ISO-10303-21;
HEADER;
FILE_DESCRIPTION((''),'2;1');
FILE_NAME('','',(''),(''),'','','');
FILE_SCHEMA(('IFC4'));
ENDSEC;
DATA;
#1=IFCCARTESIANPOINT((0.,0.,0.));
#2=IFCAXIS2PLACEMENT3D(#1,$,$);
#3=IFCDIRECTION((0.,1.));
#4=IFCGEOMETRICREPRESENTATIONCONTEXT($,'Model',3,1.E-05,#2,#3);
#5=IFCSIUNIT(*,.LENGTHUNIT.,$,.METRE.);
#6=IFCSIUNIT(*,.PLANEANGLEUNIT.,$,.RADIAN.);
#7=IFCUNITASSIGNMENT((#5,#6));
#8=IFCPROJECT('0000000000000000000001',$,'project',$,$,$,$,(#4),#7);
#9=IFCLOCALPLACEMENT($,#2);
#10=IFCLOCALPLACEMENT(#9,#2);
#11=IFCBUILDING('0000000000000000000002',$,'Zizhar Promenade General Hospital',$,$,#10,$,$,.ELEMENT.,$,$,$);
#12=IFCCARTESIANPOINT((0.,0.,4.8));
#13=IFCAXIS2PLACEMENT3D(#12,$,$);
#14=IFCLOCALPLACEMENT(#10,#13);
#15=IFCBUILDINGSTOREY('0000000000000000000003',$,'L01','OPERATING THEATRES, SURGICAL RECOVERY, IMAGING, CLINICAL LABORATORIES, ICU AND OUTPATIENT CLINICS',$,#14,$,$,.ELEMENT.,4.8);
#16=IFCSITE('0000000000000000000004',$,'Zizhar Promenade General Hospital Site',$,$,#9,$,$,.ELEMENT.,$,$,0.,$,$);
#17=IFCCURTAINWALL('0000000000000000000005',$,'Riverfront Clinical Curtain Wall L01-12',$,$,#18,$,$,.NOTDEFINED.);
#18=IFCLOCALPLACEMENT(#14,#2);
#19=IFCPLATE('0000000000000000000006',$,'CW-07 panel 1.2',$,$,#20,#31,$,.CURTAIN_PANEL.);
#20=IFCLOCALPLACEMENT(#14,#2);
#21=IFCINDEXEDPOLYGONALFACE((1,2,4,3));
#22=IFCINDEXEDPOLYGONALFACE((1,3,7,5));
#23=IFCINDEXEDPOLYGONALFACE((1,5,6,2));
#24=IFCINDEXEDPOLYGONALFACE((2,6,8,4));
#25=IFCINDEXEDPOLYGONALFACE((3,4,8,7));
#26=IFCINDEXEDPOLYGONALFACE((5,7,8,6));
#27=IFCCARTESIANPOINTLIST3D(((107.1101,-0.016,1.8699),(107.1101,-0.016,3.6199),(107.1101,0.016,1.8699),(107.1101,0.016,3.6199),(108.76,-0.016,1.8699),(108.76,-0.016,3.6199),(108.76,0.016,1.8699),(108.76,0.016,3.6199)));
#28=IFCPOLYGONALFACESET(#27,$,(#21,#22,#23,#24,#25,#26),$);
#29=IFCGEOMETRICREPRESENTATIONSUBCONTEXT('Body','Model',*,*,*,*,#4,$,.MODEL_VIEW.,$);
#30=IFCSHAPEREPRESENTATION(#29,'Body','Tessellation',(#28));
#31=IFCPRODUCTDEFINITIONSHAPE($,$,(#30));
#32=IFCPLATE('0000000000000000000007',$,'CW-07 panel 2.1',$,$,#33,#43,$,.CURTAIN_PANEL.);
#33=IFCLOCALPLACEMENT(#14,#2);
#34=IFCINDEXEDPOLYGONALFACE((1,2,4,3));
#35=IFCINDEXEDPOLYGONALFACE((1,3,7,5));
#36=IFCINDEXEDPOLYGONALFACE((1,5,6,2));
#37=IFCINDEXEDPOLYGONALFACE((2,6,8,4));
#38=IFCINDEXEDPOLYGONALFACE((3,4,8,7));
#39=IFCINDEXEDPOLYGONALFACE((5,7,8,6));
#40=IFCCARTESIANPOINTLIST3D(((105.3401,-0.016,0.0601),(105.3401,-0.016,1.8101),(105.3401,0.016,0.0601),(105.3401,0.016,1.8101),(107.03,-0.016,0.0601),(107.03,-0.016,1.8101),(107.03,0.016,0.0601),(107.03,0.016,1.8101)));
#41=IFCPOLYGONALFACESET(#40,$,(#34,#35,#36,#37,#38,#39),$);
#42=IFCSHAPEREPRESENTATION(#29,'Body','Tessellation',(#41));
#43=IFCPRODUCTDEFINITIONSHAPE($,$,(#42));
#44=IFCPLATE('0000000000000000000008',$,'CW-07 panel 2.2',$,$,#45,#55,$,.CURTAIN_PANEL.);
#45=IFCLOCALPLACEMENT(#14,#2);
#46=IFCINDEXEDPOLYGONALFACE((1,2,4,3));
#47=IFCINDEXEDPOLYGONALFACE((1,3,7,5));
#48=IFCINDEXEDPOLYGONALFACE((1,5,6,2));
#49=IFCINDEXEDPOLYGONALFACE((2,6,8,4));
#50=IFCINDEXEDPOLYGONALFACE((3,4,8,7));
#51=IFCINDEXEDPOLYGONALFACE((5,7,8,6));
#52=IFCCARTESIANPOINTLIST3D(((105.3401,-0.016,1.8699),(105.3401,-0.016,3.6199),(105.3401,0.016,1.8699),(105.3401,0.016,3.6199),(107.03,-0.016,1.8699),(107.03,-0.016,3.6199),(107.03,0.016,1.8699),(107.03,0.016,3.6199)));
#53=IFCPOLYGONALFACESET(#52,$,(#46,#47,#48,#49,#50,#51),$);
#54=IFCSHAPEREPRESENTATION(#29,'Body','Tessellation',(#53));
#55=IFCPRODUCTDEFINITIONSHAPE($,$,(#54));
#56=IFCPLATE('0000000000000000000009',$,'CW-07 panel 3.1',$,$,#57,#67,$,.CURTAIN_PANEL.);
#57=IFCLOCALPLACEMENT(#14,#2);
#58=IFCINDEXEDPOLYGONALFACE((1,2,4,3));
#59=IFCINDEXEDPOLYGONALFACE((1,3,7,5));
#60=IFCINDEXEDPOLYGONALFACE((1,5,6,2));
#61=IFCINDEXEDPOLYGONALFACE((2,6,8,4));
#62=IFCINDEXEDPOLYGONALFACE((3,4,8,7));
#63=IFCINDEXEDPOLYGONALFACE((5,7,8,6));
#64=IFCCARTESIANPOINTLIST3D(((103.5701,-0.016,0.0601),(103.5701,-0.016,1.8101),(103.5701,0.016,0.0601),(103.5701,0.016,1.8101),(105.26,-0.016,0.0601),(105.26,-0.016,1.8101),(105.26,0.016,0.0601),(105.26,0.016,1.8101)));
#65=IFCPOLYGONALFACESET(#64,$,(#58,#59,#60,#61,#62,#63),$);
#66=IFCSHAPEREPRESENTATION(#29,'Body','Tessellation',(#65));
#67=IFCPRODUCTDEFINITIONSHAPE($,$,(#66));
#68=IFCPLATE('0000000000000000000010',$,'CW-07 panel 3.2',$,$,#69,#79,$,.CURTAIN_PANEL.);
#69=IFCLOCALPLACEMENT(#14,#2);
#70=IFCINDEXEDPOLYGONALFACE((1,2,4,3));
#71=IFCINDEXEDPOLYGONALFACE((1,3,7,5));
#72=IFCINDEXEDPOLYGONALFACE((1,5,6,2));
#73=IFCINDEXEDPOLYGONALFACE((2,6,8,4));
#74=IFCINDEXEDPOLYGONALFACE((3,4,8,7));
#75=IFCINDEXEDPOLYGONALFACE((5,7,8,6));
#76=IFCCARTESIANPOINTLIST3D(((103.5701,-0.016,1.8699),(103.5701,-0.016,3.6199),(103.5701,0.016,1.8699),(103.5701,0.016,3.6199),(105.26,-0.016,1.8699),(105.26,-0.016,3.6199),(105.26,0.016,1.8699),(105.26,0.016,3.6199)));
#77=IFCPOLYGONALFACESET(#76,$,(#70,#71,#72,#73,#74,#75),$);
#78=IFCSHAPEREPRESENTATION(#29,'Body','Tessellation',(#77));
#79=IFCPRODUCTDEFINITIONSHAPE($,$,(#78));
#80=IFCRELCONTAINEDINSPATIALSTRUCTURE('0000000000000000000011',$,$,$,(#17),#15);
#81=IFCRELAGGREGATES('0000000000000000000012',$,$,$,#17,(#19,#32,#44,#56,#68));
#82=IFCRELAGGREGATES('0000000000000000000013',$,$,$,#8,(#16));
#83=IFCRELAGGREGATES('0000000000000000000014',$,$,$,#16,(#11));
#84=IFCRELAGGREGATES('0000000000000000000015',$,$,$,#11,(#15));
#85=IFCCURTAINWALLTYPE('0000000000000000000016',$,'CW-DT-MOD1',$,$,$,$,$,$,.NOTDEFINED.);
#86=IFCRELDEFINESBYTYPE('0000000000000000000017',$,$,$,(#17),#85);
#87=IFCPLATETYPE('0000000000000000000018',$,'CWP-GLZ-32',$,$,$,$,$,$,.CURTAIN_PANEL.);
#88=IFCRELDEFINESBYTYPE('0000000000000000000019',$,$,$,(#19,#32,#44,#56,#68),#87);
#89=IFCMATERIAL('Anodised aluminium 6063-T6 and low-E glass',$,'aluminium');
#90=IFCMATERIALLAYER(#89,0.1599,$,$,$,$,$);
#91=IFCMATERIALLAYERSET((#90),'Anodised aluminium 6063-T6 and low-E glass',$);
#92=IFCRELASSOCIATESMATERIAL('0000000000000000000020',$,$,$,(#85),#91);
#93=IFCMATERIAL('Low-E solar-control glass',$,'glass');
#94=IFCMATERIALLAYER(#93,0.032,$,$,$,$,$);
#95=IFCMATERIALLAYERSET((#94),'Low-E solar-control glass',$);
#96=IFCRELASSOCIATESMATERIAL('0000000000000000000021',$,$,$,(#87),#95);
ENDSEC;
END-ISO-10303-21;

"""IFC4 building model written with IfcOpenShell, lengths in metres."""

from ifc_helpers import new_model, si_unit, direction, frame, origin, origin_2d, place, context, subcontext, project, spatial, rectangle, extrude, material, layer, layer_set, type_object, element, aggregate, save


model = new_model("IFC4")

# Units and contexts
model_context = context("Model", 3, precision=1e-05, world=origin(), true_north=direction((0.0, 1.0)))
body_context = subcontext(model_context, "Body", "Model", "MODEL_VIEW")
ifc_project = project(units=[si_unit("LENGTHUNIT", "METRE"), si_unit("PLANEANGLEUNIT", "RADIAN")], contexts=[model_context])

# Site, building, storey
site_placement = place(None, origin())
site = spatial("IfcSite", under=ifc_project, at=site_placement, Name="Zizhar Promenade General Hospital Site", CompositionType="ELEMENT", RefElevation=0.0)
building_placement = place(site_placement, origin())
building = spatial("IfcBuilding", under=site, at=building_placement, Name="Zizhar Promenade General Hospital", CompositionType="ELEMENT")
storey_placement = place(building_placement, frame((0.0, 0.0, 4.8)))
storey = spatial("IfcBuildingStorey", under=building, at=storey_placement, Name="L01", Description="OPERATING THEATRES, SURGICAL RECOVERY, IMAGING, CLINICAL LABORATORIES, ICU AND OUTPATIENT CLINICS", CompositionType="ELEMENT", Elevation=4.8)

# Curtain wall, plates
ifc_material_1 = material(Name="Anodised aluminium 6063-T6 and low-E glass", Category="aluminium")
ifc_layer_1 = layer(ifc_material_1, 0.1599)
ifc_layer_set_1 = layer_set([ifc_layer_1], Name="Anodised aluminium 6063-T6 and low-E glass")
curtain_wall_type = type_object("IfcCurtainWallType", Name="CW-DT-MOD1", PredefinedType="NOTDEFINED", material=ifc_layer_set_1)
curtain_wall_placement = place(storey_placement, origin())
curtain_wall = element("IfcCurtainWall", 1, at=curtain_wall_placement, inside=storey, type_object=curtain_wall_type, Name="Riverfront Clinical Curtain Wall L01-12", PredefinedType="NOTDEFINED")
ifc_material_2 = material(Name="Low-E solar-control glass", Category="glass")
ifc_layer_2 = layer(ifc_material_2, 0.032)
ifc_layer_set_2 = layer_set([ifc_layer_2], Name="Low-E solar-control glass")
plate_type = type_object("IfcPlateType", Name="CWP-GLZ-32", PredefinedType="CURTAIN_PANEL", material=ifc_layer_set_2)
plate_1_placement = place(storey_placement, frame((107.9351, 0.0, 1.8699), z_axis=(0.0, 0.0, 1.0), x_axis=(-1.0, 0.0, 0.0)))
plate_1 = element("IfcPlate", 2, at=plate_1_placement, type_object=plate_type, Name="CW-07 panel 1.2", PredefinedType="CURTAIN_PANEL", context=body_context, shape_type="SweptSolid", body=[
    extrude(rectangle(XDim=1.6499, YDim=0.032, at=origin_2d()), origin(), (0.0, 0.0, 1.0), 1.75),
])
plate_2_placement = place(storey_placement, frame((106.1851, 0.0, 0.0601), z_axis=(0.0, 0.0, 1.0), x_axis=(-1.0, 0.0, 0.0)))
plate_2 = element("IfcPlate", 3, at=plate_2_placement, type_object=plate_type, Name="CW-07 panel 2.1", PredefinedType="CURTAIN_PANEL", context=body_context, shape_type="SweptSolid", body=[
    extrude(rectangle(XDim=1.6899, YDim=0.032, at=origin_2d()), origin(), (0.0, 0.0, 1.0), 1.75),
])
plate_3_placement = place(storey_placement, frame((106.1851, 0.0, 1.8699), z_axis=(0.0, 0.0, 1.0), x_axis=(-1.0, 0.0, 0.0)))
plate_3 = element("IfcPlate", 4, at=plate_3_placement, type_object=plate_type, Name="CW-07 panel 2.2", PredefinedType="CURTAIN_PANEL", context=body_context, shape_type="SweptSolid", body=[
    extrude(rectangle(XDim=1.6899, YDim=0.032, at=origin_2d()), origin(), (0.0, 0.0, 1.0), 1.75),
])
plate_4_placement = place(storey_placement, frame((104.415, 0.0, 0.0601), z_axis=(0.0, 0.0, 1.0), x_axis=(-1.0, 0.0, 0.0)))
plate_4 = element("IfcPlate", 5, at=plate_4_placement, type_object=plate_type, Name="CW-07 panel 3.1", PredefinedType="CURTAIN_PANEL", context=body_context, shape_type="SweptSolid", body=[
    extrude(rectangle(XDim=1.6899, YDim=0.032, at=origin_2d()), origin(), (0.0, 0.0, 1.0), 1.75),
])
plate_5_placement = place(storey_placement, frame((104.415, 0.0, 1.8699), z_axis=(0.0, 0.0, 1.0), x_axis=(-1.0, 0.0, 0.0)))
plate_5 = element("IfcPlate", 6, at=plate_5_placement, type_object=plate_type, Name="CW-07 panel 3.2", PredefinedType="CURTAIN_PANEL", context=body_context, shape_type="SweptSolid", body=[
    extrude(rectangle(XDim=1.6899, YDim=0.032, at=origin_2d()), origin(), (0.0, 0.0, 1.0), 1.75),
])
aggregate(curtain_wall, [plate_1, plate_2, plate_3, plate_4, plate_5])

save(model, "model.ifc")
